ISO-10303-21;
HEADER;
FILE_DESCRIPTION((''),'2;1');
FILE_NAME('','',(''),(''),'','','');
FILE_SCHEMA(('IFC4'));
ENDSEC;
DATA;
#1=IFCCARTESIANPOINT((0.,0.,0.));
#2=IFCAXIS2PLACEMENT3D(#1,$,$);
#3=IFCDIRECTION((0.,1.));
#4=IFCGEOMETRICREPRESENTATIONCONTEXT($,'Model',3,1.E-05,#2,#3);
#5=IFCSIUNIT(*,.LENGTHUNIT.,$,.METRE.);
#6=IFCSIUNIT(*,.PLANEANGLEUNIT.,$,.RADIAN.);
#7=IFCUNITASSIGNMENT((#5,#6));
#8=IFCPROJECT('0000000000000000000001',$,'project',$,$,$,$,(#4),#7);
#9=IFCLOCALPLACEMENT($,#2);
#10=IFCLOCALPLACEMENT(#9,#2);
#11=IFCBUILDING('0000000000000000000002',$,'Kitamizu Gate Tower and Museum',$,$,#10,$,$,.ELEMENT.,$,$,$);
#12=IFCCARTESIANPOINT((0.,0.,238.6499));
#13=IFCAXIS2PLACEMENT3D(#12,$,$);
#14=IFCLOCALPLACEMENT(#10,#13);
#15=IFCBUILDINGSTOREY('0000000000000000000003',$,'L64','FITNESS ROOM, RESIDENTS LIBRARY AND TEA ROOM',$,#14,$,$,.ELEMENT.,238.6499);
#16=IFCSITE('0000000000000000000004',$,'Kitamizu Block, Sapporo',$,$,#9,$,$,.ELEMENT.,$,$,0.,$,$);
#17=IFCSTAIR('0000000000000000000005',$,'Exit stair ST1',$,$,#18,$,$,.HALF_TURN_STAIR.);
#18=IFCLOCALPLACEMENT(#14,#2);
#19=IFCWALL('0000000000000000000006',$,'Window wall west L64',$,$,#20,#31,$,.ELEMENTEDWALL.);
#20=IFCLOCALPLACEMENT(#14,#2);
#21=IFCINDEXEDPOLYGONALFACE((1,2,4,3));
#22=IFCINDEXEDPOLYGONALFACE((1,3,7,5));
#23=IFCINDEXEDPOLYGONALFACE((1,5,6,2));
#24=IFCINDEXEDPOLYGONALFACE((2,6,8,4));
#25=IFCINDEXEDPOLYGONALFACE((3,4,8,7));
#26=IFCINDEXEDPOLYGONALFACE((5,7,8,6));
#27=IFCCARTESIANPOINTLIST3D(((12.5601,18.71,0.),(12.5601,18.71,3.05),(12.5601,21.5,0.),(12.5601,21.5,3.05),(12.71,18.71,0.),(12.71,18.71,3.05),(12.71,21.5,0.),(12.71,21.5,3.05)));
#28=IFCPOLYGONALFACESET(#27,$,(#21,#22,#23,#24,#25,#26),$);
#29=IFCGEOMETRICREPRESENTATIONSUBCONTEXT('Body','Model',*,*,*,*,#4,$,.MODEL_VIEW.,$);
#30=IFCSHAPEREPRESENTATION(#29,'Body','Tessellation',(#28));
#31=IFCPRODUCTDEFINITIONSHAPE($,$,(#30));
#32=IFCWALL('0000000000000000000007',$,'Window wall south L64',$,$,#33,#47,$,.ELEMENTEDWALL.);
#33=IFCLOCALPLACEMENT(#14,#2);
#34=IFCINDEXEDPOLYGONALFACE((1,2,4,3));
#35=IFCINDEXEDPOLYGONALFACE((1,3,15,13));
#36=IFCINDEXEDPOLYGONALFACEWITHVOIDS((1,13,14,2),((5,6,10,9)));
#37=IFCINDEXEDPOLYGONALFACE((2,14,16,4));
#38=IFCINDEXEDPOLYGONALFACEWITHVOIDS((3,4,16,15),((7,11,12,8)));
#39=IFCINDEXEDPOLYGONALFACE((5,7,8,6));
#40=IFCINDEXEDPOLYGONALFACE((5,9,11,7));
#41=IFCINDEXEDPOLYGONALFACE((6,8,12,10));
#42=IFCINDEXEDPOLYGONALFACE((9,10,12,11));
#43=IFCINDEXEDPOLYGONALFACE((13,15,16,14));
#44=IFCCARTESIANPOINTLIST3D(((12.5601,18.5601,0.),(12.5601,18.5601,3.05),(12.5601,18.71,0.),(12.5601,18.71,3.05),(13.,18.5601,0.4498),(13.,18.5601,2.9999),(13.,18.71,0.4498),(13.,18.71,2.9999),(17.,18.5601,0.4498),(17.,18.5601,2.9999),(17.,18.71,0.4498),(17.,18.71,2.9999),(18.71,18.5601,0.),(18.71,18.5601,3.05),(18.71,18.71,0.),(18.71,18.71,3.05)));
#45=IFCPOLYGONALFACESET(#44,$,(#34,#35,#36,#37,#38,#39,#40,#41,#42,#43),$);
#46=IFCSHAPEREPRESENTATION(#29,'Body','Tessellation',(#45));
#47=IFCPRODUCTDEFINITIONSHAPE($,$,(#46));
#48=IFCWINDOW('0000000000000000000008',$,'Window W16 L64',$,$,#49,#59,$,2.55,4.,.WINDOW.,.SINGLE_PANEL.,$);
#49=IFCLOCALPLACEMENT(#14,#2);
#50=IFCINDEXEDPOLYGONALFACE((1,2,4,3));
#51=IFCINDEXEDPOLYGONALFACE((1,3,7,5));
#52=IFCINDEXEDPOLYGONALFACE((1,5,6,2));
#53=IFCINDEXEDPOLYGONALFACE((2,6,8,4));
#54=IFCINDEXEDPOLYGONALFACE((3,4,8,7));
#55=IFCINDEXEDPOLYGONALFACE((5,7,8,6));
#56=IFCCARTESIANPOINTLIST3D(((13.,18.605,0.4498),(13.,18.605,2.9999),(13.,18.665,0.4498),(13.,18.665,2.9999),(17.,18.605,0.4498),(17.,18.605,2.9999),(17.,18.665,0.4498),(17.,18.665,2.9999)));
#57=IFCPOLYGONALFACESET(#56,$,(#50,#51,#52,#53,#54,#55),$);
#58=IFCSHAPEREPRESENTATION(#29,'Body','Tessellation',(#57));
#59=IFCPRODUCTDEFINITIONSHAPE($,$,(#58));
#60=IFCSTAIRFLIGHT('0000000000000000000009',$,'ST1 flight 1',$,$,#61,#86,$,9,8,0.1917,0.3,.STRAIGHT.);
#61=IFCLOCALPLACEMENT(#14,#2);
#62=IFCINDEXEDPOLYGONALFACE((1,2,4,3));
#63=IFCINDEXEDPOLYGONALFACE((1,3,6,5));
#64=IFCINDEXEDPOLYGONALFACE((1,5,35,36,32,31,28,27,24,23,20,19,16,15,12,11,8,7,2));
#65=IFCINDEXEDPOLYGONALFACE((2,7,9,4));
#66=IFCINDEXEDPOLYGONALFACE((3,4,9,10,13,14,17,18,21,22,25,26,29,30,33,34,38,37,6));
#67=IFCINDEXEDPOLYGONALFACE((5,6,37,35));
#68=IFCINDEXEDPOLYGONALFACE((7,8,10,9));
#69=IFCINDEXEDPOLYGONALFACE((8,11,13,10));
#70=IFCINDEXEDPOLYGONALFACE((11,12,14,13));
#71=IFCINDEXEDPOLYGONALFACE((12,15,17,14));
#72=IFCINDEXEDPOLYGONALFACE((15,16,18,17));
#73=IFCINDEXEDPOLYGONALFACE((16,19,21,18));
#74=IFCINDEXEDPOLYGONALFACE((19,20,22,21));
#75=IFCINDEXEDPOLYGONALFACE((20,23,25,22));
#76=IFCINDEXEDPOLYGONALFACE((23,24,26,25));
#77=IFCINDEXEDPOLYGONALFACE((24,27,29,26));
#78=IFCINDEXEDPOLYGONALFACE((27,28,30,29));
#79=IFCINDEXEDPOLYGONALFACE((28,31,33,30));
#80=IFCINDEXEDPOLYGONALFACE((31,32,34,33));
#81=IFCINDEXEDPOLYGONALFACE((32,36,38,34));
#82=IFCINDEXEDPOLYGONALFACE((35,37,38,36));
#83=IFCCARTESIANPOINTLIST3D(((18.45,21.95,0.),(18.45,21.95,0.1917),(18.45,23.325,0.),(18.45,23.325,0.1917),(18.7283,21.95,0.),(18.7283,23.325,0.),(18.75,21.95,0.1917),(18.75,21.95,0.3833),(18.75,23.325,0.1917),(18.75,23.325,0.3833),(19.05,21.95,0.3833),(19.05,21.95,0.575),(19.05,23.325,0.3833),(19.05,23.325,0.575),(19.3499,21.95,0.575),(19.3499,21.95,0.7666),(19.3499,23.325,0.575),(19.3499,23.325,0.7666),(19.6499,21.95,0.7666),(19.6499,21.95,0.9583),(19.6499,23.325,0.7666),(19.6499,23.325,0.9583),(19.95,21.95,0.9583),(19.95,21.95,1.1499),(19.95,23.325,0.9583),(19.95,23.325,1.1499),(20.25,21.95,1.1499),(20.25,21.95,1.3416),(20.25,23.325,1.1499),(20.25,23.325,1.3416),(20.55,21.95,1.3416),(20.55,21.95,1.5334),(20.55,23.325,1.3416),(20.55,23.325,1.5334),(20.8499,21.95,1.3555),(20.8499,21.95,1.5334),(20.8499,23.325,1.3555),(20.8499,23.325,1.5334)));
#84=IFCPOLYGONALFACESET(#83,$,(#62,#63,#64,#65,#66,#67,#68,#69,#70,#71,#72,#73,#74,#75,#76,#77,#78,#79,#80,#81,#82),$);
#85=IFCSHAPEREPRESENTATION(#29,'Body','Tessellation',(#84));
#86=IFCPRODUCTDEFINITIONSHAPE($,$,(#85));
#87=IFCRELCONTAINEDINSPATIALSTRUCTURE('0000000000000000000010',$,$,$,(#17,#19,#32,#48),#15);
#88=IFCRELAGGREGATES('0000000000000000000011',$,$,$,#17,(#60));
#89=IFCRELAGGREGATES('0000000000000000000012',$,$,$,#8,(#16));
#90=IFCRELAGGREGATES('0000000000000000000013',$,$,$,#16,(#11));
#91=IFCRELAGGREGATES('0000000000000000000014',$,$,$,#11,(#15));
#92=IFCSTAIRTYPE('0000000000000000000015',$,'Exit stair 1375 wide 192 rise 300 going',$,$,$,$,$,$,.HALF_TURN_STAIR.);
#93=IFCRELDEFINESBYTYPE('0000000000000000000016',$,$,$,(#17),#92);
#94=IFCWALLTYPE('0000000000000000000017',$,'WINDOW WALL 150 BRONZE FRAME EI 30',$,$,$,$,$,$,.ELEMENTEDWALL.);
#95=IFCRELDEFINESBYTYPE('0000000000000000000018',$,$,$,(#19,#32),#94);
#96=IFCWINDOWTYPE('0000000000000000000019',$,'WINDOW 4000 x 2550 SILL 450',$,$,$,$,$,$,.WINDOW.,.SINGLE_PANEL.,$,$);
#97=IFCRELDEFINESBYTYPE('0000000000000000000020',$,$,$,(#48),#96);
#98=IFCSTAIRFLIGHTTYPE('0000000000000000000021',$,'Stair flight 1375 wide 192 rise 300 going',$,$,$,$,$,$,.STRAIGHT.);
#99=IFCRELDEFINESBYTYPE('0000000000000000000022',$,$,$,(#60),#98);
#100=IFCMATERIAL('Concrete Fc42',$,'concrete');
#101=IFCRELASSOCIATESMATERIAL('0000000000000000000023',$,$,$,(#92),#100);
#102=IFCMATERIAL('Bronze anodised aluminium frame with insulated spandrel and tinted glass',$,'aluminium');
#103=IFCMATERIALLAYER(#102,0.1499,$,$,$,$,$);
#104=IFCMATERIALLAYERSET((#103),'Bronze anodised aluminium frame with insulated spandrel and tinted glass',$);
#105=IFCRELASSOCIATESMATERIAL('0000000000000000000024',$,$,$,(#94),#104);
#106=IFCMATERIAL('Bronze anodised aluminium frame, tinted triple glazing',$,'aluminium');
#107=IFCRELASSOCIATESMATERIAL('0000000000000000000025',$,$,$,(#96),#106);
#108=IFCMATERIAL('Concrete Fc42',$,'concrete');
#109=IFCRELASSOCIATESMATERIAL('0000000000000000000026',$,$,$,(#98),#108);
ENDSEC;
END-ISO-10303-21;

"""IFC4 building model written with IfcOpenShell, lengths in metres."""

from ifc_helpers import new_model, si_unit, direction, frame, frame_2d, origin, place, context, subcontext, project, spatial, polyline, rectangle, outline, extrude, material, layer, layer_set, type_object, element, fill, aggregate, save


model = new_model("IFC4")

# Units and contexts
model_context = context("Model", 3, precision=1e-05, world=origin(), true_north=direction((0.0, 1.0)))
body_context = subcontext(model_context, "Body", "Model", "MODEL_VIEW")
ifc_project = project(units=[si_unit("LENGTHUNIT", "METRE"), si_unit("PLANEANGLEUNIT", "RADIAN")], contexts=[model_context])

# Site, building, storey
site_placement = place(None, origin())
site = spatial("IfcSite", under=ifc_project, at=site_placement, Name="Kitamizu Block, Sapporo", CompositionType="ELEMENT", RefElevation=0.0)
building_placement = place(site_placement, origin())
building = spatial("IfcBuilding", under=site, at=building_placement, Name="Kitamizu Gate Tower and Museum", CompositionType="ELEMENT")
storey_placement = place(building_placement, frame((0.0, 0.0, 238.6499)))
storey = spatial("IfcBuildingStorey", under=building, at=storey_placement, Name="L64", Description="FITNESS ROOM, RESIDENTS LIBRARY AND TEA ROOM", CompositionType="ELEMENT", Elevation=238.6499)

# Stair
ifc_material_1 = material(Name="Concrete Fc42", Category="concrete")
stair_type = type_object("IfcStairType", Name="Exit stair 1375 wide 192 rise 300 going", PredefinedType="HALF_TURN_STAIR", material=ifc_material_1)
stair_1_placement = place(storey_placement, origin())
stair_1 = element("IfcStair", 1, at=stair_1_placement, inside=storey, type_object=stair_type, Name="Exit stair ST1", PredefinedType="HALF_TURN_STAIR")

# Wall
ifc_material_2 = material(Name="Bronze anodised aluminium frame with insulated spandrel and tinted glass", Category="aluminium")
ifc_layer_1 = layer(ifc_material_2, 0.1499)
ifc_layer_set_1 = layer_set([ifc_layer_1], Name="Bronze anodised aluminium frame with insulated spandrel and tinted glass")
wall_type_1 = type_object("IfcWallType", Name="WINDOW WALL 150 BRONZE FRAME EI 30", PredefinedType="ELEMENTEDWALL", material=ifc_layer_set_1)
wall_1_placement = place(storey_placement, frame((12.635, 18.71, 0.0), z_axis=(0.0, 0.0, 1.0), x_axis=(0.0, 1.0, 0.0)))
element("IfcWall", 2, at=wall_1_placement, inside=storey, type_object=wall_type_1, Name="Window wall west L64", PredefinedType="ELEMENTEDWALL", context=body_context, shape_type="SweptSolid", body=[
    extrude(rectangle(XDim=2.79, YDim=0.1499, at=frame_2d((1.395, 0.0))), origin(), (0.0, 0.0, 1.0), 3.05),
])

# Wall, opening, window
wall_2_placement = place(storey_placement, frame((12.5601, 18.635, 0.0), z_axis=(0.0, 0.0, 1.0), x_axis=(1.0, 0.0, 0.0)))
wall_2 = element("IfcWall", 3, at=wall_2_placement, inside=storey, type_object=wall_type_1, Name="Window wall south L64", PredefinedType="ELEMENTEDWALL", context=body_context, shape_type="SweptSolid", body=[
    extrude(rectangle(XDim=6.1499, YDim=0.1499, at=frame_2d((3.075, 0.0))), origin(), (0.0, 0.0, 1.0), 3.05),
])
opening_1_placement = place(wall_2_placement, frame((0.4399, 0.0, 0.45)))
opening_1 = element("IfcOpeningElement", 4, at=opening_1_placement, cuts=wall_2, PredefinedType="OPENING", context=body_context, shape_type="SweptSolid", body=[
    extrude(rectangle(XDim=4.0, YDim=2.55, at=frame_2d((2.0, 1.2749))), frame((0.0, 0.085, 0.0), z_axis=(0.0, -1.0, 0.0), x_axis=(1.0, 0.0, 0.0)), (0.0, 0.0, 1.0), 0.1699),
])
ifc_material_3 = material(Name="Bronze anodised aluminium frame, tinted triple glazing", Category="aluminium")
window_type = type_object("IfcWindowType", Name="WINDOW 4000 x 2550 SILL 450", PartitioningType="SINGLE_PANEL", PredefinedType="WINDOW", material=ifc_material_3)
window_placement = place(opening_1_placement, origin())
window = element("IfcWindow", 5, at=window_placement, inside=storey, type_object=window_type, Name="Window W16 L64", OverallHeight=2.55, OverallWidth=4.0, PartitioningType="SINGLE_PANEL", PredefinedType="WINDOW", context=body_context, shape_type="SweptSolid", body=[
    extrude(rectangle(XDim=4.0, YDim=2.55, at=frame_2d((2.0, 1.2749))), frame((0.0, 0.03, 0.0), z_axis=(0.0, -1.0, 0.0), x_axis=(1.0, 0.0, 0.0)), (0.0, 0.0, 1.0), 0.0601),
])
fill(opening_1, window)

# Stair flight
ifc_material_4 = material(Name="Concrete Fc42", Category="concrete")
stair_flight_type = type_object("IfcStairFlightType", Name="Stair flight 1375 wide 192 rise 300 going", PredefinedType="STRAIGHT", material=ifc_material_4)
stair_flight_placement = place(storey_placement, frame((18.45, 22.6375, 0.0), z_axis=(0.0, 0.0, 1.0), x_axis=(1.0, 0.0, 0.0)))
stair_flight = element("IfcStairFlight", 6, at=stair_flight_placement, type_object=stair_flight_type, Name="ST1 flight 1", NumberOfRisers=9, NumberOfTreads=8, PredefinedType="STRAIGHT", RiserHeight=0.1917, TreadLength=0.3, context=body_context, shape_type="SweptSolid", body=[
    extrude(outline(polyline([(0.0, 0.0), (0.0, 0.1917), (0.3, 0.1917), (0.3, 0.3833), (0.6001, 0.3833), (0.6001, 0.575), (0.8999, 0.575), (0.8999, 0.7666), (1.2, 0.7666), (1.2, 0.9583), (1.5, 0.9583), (1.5, 1.1499), (1.8, 1.1499), (1.8, 1.3416), (2.1001, 1.3416), (2.1001, 1.5334), (2.3999, 1.5334), (2.3999, 1.7251), (2.3999, 1.3555), (0.2783, 0.0), (0.0, 0.0)])), frame((0.0, 0.6875, 0.0), z_axis=(0.0, -1.0, 0.0), x_axis=(1.0, 0.0, 0.0)), (0.0, 0.0, 1.0), 1.375),
])
aggregate(stair_1, [stair_flight])

save(model, "model.ifc")
